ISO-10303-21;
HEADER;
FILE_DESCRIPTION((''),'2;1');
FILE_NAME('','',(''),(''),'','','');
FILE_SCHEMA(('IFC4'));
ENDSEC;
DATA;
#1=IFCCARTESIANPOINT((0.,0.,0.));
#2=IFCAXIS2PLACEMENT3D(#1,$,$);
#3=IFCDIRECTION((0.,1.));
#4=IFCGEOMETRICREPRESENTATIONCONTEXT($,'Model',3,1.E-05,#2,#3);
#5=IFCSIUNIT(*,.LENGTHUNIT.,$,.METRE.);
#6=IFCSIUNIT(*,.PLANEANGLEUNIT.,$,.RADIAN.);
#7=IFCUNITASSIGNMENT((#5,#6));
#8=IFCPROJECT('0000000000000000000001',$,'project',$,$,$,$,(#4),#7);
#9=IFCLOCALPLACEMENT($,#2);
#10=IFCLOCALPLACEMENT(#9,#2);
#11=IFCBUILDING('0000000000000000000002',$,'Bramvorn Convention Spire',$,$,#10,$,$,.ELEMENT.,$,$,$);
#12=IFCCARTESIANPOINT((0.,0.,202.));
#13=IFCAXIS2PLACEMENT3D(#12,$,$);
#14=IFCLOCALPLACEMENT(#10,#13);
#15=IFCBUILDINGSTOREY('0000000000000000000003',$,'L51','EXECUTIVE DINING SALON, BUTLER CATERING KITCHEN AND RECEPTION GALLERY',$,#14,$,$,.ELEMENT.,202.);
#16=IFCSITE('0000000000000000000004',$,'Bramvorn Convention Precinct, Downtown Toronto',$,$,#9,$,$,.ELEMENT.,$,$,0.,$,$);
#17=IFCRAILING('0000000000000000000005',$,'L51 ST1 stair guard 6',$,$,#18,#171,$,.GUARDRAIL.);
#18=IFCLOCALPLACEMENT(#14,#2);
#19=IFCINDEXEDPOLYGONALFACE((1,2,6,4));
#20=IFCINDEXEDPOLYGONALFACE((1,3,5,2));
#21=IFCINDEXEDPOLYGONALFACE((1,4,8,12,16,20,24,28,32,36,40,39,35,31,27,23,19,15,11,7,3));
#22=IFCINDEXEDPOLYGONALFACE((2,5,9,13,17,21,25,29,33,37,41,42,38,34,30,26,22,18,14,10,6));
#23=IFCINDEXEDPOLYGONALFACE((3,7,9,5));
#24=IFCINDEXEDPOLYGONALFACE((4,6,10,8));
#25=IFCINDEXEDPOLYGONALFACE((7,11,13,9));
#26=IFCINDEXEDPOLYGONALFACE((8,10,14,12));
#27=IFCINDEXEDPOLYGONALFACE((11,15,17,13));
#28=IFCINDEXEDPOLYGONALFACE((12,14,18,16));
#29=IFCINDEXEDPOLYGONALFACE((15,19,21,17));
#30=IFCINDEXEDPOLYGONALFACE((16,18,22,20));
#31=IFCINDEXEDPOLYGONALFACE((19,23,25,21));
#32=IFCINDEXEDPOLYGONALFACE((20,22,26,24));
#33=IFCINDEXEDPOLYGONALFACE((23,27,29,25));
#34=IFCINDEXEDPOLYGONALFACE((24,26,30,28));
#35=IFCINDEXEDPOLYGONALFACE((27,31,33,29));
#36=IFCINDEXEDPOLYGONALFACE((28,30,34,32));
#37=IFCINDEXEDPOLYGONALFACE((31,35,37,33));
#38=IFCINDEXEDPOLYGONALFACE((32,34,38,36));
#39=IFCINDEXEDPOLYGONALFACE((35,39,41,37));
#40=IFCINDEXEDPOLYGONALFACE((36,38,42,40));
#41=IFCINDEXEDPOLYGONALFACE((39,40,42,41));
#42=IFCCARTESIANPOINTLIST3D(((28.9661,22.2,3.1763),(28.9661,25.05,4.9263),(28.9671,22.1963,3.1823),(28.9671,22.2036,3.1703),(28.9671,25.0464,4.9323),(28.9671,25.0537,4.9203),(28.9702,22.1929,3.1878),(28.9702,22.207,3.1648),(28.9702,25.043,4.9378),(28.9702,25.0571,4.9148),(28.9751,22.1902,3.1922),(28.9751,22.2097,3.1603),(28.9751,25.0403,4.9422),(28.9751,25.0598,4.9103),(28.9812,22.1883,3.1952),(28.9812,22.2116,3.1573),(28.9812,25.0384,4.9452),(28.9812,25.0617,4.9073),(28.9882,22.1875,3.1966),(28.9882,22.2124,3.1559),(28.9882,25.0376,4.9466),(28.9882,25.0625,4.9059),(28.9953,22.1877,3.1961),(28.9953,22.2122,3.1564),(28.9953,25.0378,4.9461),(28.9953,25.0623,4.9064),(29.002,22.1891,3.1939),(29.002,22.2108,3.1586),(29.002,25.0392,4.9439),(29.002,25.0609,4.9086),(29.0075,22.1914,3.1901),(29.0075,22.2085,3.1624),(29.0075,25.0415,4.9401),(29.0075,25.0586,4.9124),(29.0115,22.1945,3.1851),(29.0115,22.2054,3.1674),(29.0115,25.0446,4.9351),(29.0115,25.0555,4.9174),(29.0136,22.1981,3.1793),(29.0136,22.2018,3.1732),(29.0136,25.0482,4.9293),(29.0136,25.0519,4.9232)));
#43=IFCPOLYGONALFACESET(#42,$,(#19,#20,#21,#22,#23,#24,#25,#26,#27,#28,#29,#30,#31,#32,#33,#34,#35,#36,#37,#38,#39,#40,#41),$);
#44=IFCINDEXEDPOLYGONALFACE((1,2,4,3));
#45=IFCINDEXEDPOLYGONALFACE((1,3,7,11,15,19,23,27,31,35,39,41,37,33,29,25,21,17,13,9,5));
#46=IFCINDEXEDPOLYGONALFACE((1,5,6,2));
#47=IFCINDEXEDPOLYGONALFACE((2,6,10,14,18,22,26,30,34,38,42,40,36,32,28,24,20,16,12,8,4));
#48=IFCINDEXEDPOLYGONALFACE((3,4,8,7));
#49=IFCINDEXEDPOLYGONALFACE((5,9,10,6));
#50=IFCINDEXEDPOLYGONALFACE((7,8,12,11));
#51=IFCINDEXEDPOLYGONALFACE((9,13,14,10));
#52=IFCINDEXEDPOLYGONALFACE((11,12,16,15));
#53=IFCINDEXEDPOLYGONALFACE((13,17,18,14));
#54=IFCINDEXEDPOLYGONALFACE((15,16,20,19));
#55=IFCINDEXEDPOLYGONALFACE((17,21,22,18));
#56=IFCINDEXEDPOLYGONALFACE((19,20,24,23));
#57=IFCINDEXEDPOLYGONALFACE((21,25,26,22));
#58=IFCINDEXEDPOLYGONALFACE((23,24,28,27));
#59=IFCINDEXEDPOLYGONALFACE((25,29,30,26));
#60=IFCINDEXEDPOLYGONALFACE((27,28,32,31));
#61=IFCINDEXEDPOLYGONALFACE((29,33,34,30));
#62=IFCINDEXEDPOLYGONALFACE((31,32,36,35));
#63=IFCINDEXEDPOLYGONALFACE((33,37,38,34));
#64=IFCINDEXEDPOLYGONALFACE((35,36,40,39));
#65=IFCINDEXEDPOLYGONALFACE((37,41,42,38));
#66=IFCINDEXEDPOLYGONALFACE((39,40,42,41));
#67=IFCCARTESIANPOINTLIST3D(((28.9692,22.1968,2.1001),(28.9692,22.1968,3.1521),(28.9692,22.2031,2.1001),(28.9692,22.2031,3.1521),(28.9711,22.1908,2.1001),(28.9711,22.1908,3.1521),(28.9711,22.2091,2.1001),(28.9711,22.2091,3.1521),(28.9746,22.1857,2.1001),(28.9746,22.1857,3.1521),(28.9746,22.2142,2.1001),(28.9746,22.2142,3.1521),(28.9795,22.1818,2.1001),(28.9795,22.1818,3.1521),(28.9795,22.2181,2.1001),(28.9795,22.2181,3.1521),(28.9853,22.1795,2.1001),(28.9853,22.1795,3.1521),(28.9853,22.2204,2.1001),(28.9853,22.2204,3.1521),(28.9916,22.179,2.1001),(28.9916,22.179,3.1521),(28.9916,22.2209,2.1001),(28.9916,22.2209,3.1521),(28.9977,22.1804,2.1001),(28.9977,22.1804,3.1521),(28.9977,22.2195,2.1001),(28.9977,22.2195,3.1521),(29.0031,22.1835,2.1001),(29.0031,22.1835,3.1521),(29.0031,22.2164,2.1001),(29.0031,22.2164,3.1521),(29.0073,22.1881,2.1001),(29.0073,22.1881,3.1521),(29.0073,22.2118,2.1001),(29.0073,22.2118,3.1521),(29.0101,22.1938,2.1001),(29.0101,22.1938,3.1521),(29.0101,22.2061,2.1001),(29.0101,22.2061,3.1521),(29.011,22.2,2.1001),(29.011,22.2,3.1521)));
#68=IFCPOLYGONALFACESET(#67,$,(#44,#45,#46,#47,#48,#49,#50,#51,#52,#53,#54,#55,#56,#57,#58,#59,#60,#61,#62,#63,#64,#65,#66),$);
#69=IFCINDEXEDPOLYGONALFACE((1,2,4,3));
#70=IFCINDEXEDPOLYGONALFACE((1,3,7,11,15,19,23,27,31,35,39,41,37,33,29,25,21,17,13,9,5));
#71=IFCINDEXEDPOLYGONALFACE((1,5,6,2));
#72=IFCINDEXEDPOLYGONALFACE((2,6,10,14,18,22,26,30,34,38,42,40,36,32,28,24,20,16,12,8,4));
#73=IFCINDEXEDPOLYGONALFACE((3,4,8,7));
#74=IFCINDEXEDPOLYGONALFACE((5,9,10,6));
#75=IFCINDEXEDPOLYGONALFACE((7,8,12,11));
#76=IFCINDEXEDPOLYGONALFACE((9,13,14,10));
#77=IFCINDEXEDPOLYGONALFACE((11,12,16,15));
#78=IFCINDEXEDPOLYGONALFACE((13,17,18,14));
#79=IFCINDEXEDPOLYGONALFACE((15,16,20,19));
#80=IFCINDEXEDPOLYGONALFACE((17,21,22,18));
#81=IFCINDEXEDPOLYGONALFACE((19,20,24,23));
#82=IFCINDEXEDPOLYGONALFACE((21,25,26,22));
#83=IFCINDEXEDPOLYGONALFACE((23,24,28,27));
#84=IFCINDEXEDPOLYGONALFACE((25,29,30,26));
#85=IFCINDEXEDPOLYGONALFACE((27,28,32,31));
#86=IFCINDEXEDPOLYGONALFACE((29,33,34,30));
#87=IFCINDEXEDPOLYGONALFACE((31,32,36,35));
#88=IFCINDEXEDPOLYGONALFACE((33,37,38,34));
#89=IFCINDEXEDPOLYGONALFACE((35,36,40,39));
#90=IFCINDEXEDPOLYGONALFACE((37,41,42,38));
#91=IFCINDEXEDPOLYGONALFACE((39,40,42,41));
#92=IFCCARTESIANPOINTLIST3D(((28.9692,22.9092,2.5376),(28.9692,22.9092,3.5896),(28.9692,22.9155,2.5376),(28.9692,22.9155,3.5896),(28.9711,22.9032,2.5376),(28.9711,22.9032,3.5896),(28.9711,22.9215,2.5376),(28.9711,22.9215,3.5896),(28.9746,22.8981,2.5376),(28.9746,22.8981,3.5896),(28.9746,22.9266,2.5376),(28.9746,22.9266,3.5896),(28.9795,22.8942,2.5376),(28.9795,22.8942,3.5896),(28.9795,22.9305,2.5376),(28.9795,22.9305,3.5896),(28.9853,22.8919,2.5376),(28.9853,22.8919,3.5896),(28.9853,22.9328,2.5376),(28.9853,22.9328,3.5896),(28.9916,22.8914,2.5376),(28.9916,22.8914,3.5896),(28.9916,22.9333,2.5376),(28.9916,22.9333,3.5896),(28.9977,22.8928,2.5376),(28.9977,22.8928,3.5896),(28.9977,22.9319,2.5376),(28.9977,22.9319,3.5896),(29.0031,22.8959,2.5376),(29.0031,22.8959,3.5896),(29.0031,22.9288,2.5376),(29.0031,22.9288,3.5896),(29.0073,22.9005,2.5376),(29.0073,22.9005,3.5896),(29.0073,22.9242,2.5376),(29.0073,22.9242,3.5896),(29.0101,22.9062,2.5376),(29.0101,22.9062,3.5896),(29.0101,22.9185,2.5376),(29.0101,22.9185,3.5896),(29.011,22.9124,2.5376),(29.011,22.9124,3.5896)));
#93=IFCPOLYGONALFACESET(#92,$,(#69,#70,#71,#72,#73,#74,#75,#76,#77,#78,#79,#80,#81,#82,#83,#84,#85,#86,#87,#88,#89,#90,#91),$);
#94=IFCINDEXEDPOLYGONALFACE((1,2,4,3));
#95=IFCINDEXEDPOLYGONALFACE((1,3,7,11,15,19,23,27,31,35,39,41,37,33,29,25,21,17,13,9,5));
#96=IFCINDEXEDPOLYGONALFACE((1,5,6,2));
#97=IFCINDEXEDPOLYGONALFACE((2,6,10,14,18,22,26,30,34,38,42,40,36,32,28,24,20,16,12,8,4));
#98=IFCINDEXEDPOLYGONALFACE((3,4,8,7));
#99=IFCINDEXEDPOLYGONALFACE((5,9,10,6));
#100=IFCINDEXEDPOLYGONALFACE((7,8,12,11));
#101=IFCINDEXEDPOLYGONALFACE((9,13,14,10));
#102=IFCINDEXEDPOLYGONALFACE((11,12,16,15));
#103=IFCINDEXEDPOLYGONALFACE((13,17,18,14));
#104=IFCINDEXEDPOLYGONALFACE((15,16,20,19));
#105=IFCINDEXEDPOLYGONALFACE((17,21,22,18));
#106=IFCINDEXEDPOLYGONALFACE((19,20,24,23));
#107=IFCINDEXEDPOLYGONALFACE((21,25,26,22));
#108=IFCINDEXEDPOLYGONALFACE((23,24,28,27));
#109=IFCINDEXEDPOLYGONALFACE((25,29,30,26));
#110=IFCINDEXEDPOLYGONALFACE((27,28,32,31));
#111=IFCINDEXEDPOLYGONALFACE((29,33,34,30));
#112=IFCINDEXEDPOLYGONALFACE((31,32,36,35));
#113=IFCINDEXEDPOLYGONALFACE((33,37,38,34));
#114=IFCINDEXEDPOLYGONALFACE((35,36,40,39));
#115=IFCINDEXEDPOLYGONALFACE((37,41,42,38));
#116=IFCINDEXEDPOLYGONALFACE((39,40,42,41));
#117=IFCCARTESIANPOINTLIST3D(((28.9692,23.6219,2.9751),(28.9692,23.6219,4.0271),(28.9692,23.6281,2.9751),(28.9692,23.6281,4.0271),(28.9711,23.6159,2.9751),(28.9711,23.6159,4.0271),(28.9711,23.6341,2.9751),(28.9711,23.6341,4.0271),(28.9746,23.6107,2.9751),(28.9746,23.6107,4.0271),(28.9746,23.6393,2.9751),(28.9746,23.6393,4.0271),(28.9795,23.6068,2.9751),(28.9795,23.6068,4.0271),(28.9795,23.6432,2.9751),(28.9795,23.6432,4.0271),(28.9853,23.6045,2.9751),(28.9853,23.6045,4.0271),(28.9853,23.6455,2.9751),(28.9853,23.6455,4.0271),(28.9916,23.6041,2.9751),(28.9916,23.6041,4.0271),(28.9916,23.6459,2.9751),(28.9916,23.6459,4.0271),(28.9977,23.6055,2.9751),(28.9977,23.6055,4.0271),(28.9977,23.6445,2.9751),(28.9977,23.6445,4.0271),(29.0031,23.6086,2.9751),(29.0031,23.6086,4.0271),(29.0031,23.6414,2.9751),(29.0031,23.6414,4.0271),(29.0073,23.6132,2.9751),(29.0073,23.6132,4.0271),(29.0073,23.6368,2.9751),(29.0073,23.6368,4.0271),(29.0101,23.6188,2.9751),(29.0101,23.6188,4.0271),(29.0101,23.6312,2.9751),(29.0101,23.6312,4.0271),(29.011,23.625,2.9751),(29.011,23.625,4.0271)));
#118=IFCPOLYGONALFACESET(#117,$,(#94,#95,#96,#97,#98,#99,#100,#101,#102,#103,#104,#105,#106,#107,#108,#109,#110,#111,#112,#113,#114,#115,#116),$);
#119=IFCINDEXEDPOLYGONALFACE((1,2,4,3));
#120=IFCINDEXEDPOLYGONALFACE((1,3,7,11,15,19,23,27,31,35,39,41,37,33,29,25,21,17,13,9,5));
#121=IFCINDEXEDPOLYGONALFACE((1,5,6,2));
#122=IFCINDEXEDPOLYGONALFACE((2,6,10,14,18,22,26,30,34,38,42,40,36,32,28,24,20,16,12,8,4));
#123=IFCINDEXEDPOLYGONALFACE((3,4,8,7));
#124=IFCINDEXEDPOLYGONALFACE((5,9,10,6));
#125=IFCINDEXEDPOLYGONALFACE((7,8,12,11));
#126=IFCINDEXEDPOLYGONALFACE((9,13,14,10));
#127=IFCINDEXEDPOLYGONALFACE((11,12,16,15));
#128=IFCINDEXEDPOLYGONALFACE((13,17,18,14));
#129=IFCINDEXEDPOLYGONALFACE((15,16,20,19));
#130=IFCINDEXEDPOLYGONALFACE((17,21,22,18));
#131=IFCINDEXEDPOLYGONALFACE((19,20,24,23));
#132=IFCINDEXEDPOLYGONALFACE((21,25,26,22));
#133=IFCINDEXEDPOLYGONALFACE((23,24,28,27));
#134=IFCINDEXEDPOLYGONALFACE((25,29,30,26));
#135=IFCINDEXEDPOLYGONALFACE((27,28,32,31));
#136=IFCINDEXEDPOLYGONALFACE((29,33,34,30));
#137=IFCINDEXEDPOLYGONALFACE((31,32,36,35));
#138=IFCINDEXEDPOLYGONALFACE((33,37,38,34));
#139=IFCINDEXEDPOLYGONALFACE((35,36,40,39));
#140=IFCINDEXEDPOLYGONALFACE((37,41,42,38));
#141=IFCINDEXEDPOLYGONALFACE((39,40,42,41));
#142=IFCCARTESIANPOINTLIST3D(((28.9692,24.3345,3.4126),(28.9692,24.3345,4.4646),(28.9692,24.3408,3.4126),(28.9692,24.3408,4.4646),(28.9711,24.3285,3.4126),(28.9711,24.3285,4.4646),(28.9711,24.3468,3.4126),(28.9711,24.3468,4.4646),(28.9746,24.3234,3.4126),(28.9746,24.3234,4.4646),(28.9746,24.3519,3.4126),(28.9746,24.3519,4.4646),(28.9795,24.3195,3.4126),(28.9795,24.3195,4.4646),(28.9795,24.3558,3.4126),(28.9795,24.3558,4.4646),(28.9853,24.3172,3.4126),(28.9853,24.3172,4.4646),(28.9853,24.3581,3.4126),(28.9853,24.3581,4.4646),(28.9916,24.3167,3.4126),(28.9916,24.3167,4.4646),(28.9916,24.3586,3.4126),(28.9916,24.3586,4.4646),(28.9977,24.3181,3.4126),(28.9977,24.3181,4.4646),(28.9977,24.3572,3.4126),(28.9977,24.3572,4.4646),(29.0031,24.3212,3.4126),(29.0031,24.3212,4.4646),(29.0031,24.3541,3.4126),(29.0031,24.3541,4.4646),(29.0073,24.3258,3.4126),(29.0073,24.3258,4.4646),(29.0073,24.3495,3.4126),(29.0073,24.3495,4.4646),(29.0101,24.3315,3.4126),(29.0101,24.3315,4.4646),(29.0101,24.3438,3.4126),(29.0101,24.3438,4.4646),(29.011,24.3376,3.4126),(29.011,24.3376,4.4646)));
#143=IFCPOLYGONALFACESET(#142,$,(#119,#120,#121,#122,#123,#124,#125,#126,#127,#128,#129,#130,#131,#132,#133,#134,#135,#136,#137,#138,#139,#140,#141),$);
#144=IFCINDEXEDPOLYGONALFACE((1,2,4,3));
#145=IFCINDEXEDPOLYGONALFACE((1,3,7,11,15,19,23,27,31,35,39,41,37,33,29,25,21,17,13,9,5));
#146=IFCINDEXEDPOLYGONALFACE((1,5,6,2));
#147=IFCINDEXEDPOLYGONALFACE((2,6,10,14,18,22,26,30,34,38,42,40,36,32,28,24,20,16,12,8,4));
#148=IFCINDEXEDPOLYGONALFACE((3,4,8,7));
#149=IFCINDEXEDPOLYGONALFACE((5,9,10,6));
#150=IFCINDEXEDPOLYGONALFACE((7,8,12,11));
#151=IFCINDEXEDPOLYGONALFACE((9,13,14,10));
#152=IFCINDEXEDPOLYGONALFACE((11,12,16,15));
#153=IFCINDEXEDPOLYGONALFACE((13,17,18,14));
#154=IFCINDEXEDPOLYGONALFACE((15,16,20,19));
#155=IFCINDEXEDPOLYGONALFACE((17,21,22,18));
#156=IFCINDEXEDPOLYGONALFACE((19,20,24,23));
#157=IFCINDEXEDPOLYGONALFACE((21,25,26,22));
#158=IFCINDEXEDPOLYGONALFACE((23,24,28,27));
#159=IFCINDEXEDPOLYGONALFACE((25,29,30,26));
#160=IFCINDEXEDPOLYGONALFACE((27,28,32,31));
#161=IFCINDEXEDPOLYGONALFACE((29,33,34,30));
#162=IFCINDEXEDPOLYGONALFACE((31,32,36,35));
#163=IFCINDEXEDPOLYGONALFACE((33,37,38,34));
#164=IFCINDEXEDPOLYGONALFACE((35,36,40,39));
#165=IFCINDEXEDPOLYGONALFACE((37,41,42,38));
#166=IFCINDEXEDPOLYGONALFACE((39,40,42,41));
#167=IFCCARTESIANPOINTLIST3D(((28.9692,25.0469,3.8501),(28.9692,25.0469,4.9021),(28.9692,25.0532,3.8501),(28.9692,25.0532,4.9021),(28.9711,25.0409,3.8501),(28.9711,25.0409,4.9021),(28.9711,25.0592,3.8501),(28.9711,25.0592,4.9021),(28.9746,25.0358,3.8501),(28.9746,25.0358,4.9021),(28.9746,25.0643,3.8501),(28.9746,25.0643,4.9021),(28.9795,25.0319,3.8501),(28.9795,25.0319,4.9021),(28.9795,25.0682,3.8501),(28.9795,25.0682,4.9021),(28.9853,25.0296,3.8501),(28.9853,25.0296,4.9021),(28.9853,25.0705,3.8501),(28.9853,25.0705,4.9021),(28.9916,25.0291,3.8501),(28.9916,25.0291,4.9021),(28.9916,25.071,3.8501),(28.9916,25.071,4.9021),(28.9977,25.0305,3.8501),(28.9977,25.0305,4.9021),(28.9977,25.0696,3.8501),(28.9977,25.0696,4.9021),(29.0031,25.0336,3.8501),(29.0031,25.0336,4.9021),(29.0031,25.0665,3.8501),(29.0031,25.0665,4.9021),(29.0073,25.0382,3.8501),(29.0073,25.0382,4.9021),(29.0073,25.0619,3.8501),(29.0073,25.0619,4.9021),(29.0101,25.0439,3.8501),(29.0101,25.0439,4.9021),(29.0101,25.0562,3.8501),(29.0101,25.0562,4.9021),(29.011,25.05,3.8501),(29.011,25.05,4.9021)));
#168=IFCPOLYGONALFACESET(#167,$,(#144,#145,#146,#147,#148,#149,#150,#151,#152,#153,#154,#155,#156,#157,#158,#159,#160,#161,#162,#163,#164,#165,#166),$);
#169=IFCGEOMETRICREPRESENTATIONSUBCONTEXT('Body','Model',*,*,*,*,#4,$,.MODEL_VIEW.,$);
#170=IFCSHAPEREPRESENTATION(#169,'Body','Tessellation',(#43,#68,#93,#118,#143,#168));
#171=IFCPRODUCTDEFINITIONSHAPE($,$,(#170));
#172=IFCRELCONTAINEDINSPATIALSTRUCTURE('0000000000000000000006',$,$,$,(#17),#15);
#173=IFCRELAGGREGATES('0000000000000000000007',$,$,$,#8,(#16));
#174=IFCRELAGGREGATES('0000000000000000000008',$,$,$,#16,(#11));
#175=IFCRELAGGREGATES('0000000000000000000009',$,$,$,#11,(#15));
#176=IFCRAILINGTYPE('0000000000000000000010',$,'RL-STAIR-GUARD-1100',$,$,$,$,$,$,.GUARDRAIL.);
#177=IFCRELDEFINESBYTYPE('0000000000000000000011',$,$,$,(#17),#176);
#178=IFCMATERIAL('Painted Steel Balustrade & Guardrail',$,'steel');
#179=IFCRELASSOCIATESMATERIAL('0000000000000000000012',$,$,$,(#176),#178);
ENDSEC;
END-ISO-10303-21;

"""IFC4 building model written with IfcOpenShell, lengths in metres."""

from ifc_helpers import new_model, si_unit, direction, frame, origin, origin_2d, place, context, subcontext, project, spatial, circle, extrude, material, type_object, element, save


model = new_model("IFC4")

# Units and contexts
model_context = context("Model", 3, precision=1e-05, world=origin(), true_north=direction((0.0, 1.0)))
body_context = subcontext(model_context, "Body", "Model", "MODEL_VIEW")
ifc_project = project(units=[si_unit("LENGTHUNIT", "METRE"), si_unit("PLANEANGLEUNIT", "RADIAN")], contexts=[model_context])

# Site, building, storey
site_placement = place(None, origin())
site = spatial("IfcSite", under=ifc_project, at=site_placement, Name="Bramvorn Convention Precinct, Downtown Toronto", CompositionType="ELEMENT", RefElevation=0.0)
building_placement = place(site_placement, origin())
building = spatial("IfcBuilding", under=site, at=building_placement, Name="Bramvorn Convention Spire", CompositionType="ELEMENT")
storey_placement = place(building_placement, frame((0.0, 0.0, 202.0)))
storey = spatial("IfcBuildingStorey", under=building, at=storey_placement, Name="L51", Description="EXECUTIVE DINING SALON, BUTLER CATERING KITCHEN AND RECEPTION GALLERY", CompositionType="ELEMENT", Elevation=202.0)

# Railing
ifc_material_1 = material(Name="Painted Steel Balustrade & Guardrail", Category="steel")
railing_type_1 = type_object("IfcRailingType", Name="RL-STAIR-GUARD-1100", PredefinedType="GUARDRAIL", material=ifc_material_1)
railing_1_placement = place(storey_placement, frame((28.99, 22.2, 2.1001)))
element("IfcRailing", 1, at=railing_1_placement, inside=storey, type_object=railing_type_1, Name="L51 ST1 stair guard 6", PredefinedType="GUARDRAIL", context=body_context, shape_type="SweptSolid", body=[
    extrude(circle(Radius=0.0239, at=origin_2d()), frame((0.0, 0.0, 1.0762), z_axis=(0.0, 0.852179, 0.52325), x_axis=(-1.0, 0.0, 0.0)), (0.0, 0.0, 1.0), 3.3445),
    extrude(circle(Radius=0.021, at=origin_2d()), origin(), (0.0, 0.0, 1.0), 1.052),
    extrude(circle(Radius=0.021, at=origin_2d()), frame((0.0, 0.7124, 0.4375)), (0.0, 0.0, 1.0), 1.052),
    extrude(circle(Radius=0.021, at=origin_2d()), frame((0.0, 1.425, 0.875)), (0.0, 0.0, 1.0), 1.052),
    extrude(circle(Radius=0.021, at=origin_2d()), frame((0.0, 2.1377, 1.3125)), (0.0, 0.0, 1.0), 1.052),
    extrude(circle(Radius=0.021, at=origin_2d()), frame((0.0, 2.8501, 1.75)), (0.0, 0.0, 1.0), 1.052),
])

save(model, "model.ifc")
